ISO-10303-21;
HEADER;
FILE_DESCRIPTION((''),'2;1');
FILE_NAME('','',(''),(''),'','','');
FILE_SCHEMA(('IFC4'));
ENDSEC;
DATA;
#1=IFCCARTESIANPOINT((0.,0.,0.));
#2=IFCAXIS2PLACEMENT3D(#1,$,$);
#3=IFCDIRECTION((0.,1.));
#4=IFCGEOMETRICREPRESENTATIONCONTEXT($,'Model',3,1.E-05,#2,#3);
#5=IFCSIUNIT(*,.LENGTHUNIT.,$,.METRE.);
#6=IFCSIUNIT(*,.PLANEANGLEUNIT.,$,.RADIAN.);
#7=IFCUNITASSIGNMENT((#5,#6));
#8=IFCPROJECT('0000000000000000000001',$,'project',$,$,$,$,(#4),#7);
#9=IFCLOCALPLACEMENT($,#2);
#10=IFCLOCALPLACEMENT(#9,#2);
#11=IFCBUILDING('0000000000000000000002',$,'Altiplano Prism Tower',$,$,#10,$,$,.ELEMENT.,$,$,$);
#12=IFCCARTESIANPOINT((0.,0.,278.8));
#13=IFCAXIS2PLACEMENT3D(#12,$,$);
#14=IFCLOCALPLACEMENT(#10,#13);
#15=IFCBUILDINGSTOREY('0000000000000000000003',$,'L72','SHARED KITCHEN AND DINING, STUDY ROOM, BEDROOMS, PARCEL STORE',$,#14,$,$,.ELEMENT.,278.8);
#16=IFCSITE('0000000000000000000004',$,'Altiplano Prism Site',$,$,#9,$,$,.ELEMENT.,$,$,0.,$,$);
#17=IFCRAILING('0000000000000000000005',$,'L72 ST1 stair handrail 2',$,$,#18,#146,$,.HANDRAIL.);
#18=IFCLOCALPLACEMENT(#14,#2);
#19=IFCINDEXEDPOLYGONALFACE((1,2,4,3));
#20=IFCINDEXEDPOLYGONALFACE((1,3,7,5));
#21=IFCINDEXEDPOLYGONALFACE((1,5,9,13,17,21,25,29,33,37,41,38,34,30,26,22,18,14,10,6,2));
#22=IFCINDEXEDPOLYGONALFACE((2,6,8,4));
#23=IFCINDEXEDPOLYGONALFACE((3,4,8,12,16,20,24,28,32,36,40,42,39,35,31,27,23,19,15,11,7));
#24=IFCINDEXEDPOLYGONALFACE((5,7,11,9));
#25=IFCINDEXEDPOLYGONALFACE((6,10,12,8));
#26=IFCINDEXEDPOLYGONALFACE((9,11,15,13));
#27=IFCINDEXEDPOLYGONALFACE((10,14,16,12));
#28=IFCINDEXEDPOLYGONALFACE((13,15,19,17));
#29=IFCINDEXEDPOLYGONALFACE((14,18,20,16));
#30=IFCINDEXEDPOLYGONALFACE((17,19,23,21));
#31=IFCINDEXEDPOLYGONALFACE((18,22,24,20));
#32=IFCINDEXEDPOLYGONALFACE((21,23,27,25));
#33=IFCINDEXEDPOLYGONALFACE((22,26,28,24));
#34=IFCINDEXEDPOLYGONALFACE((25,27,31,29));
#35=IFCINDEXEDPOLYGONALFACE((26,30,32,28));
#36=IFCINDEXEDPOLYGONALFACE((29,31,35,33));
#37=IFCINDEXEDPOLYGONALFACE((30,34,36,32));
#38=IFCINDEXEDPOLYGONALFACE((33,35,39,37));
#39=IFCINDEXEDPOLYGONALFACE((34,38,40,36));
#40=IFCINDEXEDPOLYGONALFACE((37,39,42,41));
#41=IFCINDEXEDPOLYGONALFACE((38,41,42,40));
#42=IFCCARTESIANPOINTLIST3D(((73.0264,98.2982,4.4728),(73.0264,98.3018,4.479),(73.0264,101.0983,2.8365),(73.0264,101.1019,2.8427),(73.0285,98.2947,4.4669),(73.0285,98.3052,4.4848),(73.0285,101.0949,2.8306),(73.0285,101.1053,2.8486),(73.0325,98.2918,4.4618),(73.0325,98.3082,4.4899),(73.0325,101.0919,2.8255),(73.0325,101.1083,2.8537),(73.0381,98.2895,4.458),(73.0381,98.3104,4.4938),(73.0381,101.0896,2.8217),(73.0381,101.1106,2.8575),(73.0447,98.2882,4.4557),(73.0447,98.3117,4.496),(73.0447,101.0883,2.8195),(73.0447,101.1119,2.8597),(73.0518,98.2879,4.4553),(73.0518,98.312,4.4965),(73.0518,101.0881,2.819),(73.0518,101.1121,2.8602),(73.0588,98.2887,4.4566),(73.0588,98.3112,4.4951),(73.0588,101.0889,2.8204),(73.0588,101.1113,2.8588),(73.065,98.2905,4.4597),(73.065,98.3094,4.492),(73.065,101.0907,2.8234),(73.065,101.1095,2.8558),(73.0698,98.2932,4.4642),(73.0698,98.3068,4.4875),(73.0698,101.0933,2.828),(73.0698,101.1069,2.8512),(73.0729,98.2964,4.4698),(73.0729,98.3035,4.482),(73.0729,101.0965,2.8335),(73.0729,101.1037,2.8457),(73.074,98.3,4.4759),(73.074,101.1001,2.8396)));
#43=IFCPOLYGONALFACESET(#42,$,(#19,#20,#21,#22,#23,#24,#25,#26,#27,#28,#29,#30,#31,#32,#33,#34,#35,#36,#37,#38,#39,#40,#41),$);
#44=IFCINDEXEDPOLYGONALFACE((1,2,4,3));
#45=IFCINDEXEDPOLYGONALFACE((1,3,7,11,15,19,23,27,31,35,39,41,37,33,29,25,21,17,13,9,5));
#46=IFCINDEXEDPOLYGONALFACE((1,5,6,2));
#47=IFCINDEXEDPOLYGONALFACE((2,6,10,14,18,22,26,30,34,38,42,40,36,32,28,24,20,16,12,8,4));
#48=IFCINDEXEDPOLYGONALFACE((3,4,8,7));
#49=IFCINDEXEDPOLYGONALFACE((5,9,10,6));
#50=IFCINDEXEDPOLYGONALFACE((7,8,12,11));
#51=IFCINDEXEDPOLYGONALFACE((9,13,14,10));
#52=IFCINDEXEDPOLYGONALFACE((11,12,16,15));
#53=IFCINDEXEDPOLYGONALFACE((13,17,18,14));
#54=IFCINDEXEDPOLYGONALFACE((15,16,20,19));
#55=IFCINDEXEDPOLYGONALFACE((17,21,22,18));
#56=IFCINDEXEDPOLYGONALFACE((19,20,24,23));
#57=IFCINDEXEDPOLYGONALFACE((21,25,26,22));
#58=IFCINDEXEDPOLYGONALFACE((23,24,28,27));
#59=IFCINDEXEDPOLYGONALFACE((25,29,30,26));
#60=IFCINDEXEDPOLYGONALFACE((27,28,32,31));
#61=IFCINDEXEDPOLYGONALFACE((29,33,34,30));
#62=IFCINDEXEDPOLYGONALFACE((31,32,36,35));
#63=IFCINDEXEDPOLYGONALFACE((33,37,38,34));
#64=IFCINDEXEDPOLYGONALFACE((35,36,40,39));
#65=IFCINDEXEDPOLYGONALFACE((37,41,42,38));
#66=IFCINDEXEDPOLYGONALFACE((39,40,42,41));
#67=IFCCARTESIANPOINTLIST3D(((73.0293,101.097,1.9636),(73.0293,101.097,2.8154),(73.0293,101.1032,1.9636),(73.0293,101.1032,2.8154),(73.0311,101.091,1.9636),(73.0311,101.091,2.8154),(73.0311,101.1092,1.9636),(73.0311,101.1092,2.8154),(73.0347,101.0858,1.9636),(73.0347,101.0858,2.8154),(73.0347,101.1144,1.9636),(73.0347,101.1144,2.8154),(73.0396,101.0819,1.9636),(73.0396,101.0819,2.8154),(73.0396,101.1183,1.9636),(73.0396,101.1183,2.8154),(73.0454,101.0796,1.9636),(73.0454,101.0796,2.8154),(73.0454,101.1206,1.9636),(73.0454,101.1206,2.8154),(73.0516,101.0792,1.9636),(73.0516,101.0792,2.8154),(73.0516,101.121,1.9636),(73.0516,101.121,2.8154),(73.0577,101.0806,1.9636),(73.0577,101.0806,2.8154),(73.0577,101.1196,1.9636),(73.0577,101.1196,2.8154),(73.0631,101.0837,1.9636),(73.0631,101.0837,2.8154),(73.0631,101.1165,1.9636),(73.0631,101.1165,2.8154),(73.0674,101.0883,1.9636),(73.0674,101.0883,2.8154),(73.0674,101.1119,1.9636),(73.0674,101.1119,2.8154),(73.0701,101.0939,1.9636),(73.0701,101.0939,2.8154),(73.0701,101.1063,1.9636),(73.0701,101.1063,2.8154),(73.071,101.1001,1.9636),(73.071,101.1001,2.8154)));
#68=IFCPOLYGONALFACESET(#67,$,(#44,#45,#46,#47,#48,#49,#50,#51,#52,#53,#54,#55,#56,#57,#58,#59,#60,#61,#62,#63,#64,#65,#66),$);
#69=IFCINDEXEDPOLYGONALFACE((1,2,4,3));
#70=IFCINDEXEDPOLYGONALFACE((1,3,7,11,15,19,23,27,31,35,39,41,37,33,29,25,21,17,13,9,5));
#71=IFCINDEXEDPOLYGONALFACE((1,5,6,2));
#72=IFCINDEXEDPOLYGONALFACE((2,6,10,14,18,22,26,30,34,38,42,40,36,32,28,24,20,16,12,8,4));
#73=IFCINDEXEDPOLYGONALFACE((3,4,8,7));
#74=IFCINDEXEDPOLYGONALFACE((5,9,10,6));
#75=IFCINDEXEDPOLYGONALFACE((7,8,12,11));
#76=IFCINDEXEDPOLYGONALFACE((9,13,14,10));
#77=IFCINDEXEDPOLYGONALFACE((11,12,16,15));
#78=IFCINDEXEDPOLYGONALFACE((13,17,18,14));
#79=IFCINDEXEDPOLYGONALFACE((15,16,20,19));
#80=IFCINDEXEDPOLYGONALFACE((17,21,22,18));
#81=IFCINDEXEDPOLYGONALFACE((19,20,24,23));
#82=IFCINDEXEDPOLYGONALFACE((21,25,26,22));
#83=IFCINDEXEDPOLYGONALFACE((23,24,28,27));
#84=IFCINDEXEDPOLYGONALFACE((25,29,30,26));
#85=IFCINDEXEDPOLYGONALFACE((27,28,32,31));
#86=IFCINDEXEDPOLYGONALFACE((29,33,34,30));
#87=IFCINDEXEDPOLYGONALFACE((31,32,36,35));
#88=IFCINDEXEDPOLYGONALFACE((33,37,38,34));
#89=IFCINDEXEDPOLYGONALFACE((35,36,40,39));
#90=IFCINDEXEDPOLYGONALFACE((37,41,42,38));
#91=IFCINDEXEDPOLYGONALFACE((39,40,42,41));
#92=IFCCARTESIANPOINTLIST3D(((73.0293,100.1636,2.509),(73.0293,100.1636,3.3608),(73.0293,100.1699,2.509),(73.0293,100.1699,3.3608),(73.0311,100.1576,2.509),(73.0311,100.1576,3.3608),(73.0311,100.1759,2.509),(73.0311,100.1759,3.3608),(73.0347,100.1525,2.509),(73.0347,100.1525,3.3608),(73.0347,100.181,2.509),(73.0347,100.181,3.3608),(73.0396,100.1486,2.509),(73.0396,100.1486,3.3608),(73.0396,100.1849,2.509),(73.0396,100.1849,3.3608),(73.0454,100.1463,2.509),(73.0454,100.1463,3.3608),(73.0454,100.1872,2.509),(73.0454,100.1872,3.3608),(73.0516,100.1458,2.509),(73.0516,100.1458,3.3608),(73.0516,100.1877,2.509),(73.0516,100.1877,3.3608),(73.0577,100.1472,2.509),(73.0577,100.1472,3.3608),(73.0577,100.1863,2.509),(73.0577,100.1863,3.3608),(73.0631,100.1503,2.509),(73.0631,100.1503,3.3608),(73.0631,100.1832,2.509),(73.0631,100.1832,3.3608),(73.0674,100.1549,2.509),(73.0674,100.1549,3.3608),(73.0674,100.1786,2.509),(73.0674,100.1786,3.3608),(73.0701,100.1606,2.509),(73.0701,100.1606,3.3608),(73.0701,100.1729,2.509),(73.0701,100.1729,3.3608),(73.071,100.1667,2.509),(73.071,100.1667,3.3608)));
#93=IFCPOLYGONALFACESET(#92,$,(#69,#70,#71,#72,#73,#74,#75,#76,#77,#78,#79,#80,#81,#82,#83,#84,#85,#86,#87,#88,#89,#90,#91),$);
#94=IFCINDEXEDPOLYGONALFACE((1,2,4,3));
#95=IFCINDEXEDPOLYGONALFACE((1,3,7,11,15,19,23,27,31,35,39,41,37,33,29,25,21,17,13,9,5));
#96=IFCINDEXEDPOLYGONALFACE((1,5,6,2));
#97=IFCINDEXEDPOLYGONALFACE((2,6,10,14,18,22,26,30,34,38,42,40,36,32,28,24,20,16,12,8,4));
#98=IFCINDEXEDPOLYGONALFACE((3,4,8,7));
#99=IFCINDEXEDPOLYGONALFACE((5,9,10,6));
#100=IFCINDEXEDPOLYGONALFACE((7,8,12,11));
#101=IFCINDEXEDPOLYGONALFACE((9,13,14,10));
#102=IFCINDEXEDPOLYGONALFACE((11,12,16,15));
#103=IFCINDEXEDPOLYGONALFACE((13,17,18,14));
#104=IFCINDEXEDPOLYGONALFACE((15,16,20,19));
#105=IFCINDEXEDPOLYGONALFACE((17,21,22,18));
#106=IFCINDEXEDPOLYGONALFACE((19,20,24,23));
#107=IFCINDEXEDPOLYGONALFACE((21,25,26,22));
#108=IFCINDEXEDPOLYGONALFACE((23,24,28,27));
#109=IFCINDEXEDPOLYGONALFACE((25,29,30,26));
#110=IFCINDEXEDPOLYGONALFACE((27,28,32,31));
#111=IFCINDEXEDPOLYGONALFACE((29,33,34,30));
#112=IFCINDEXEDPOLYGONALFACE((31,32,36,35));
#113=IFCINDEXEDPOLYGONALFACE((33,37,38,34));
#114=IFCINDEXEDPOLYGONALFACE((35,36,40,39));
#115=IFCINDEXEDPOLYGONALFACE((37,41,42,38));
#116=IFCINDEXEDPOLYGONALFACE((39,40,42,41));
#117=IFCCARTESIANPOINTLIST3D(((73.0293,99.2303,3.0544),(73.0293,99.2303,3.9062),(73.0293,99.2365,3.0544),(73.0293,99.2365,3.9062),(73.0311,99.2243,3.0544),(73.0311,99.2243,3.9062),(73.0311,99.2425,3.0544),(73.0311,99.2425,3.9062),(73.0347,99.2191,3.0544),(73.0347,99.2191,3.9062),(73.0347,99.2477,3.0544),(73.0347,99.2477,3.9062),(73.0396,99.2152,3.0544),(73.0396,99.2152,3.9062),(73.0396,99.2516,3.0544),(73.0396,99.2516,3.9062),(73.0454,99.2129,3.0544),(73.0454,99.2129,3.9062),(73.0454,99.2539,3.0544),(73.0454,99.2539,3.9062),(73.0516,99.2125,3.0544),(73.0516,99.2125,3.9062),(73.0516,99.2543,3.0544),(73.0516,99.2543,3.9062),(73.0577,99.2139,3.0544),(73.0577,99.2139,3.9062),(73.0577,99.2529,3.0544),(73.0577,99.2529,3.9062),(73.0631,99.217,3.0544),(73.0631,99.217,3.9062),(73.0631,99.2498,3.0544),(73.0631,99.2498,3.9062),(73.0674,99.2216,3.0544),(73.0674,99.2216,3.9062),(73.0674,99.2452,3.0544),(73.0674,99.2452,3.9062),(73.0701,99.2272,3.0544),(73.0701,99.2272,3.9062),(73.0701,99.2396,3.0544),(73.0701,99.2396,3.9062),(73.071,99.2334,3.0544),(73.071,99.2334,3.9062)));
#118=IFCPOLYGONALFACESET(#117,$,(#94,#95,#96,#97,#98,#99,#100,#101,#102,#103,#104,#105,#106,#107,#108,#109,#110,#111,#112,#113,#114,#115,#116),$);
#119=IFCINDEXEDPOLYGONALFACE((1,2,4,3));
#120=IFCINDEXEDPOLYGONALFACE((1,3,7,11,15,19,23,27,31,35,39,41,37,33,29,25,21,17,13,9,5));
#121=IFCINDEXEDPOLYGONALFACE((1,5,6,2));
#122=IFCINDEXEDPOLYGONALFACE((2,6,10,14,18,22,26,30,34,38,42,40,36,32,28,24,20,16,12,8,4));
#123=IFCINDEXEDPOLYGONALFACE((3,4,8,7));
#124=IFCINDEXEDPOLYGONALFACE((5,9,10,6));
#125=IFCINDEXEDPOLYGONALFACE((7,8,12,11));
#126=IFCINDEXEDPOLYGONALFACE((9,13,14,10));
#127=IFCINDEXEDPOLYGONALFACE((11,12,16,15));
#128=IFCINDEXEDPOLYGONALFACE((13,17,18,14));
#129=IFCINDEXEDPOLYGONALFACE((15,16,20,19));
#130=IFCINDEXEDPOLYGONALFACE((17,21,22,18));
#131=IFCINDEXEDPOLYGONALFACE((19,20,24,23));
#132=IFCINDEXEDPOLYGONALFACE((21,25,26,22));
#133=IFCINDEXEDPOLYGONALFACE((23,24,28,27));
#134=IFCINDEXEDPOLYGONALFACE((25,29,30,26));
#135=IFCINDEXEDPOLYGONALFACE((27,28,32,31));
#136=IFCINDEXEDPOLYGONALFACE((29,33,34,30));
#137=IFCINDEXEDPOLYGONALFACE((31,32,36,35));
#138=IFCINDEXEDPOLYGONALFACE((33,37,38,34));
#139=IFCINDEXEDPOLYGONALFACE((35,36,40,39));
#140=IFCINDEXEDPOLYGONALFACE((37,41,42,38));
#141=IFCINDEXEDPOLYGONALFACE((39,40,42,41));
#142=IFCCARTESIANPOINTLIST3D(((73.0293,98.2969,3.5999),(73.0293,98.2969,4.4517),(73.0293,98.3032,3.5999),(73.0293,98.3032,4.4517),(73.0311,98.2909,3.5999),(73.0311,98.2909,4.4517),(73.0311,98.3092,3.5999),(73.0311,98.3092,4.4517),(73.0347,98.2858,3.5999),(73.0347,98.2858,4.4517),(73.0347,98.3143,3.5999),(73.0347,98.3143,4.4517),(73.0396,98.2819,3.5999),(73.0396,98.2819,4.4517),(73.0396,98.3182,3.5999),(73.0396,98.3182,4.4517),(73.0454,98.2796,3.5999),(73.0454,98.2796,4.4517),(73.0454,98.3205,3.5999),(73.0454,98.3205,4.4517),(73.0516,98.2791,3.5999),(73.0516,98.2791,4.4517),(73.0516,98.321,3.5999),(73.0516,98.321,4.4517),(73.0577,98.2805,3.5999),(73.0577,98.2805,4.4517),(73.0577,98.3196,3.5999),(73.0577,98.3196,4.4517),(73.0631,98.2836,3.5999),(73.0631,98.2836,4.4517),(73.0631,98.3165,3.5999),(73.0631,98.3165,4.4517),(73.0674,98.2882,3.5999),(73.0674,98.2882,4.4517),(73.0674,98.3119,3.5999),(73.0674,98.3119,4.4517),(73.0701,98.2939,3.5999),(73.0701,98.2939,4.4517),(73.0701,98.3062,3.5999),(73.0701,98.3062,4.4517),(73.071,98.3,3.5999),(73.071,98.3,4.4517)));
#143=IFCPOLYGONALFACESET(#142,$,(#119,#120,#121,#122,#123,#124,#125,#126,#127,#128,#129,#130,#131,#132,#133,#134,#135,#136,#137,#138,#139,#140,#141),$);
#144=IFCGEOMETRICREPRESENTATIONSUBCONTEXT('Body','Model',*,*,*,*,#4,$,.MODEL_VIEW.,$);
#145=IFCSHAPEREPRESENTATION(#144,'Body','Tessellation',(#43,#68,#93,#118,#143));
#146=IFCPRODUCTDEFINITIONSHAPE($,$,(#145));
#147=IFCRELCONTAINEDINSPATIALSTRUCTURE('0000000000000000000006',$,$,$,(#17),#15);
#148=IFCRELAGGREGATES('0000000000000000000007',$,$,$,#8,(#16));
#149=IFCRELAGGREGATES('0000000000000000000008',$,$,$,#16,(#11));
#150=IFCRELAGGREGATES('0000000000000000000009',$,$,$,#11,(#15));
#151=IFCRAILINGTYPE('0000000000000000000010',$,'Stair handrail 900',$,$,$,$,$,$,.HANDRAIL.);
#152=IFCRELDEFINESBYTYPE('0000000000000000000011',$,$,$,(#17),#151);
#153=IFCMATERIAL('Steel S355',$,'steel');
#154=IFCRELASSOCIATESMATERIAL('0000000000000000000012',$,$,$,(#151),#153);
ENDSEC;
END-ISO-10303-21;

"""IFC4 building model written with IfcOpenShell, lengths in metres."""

from ifc_helpers import new_model, si_unit, direction, frame, origin, origin_2d, place, context, subcontext, project, spatial, circle, extrude, material, type_object, element, save


model = new_model("IFC4")

# Units and contexts
model_context = context("Model", 3, precision=1e-05, world=origin(), true_north=direction((0.0, 1.0)))
body_context = subcontext(model_context, "Body", "Model", "MODEL_VIEW")
ifc_project = project(units=[si_unit("LENGTHUNIT", "METRE"), si_unit("PLANEANGLEUNIT", "RADIAN")], contexts=[model_context])

# Site, building, storey
site_placement = place(None, origin())
site = spatial("IfcSite", under=ifc_project, at=site_placement, Name="Altiplano Prism Site", CompositionType="ELEMENT", RefElevation=0.0)
building_placement = place(site_placement, origin())
building = spatial("IfcBuilding", under=site, at=building_placement, Name="Altiplano Prism Tower", CompositionType="ELEMENT")
storey_placement = place(building_placement, frame((0.0, 0.0, 278.8)))
storey = spatial("IfcBuildingStorey", under=building, at=storey_placement, Name="L72", Description="SHARED KITCHEN AND DINING, STUDY ROOM, BEDROOMS, PARCEL STORE", CompositionType="ELEMENT", Elevation=278.8)

# Railing
ifc_material_1 = material(Name="Steel S355", Category="steel")
railing_type_1 = type_object("IfcRailingType", Name="Stair handrail 900", PredefinedType="HANDRAIL", material=ifc_material_1)
railing_1_placement = place(storey_placement, frame((73.05, 101.1001, 1.9636)))
element("IfcRailing", 1, at=railing_1_placement, inside=storey, type_object=railing_type_1, Name="L72 ST1 stair handrail 2", PredefinedType="HANDRAIL", context=body_context, shape_type="SweptSolid", body=[
    extrude(circle(Radius=0.0239, at=origin_2d()), frame((0.0, 0.0, 0.876), z_axis=(0.0, -0.863394, 0.504531), x_axis=(1.0, 0.0, 0.0)), (0.0, 0.0, 1.0), 3.2432),
    extrude(circle(Radius=0.021, at=origin_2d()), origin(), (0.0, 0.0, 1.0), 0.8518),
    extrude(circle(Radius=0.021, at=origin_2d()), frame((0.0, -0.9333, 0.5454)), (0.0, 0.0, 1.0), 0.8518),
    extrude(circle(Radius=0.021, at=origin_2d()), frame((0.0, -1.8667, 1.0908)), (0.0, 0.0, 1.0), 0.8518),
    extrude(circle(Radius=0.021, at=origin_2d()), frame((0.0, -2.8, 1.6362)), (0.0, 0.0, 1.0), 0.8518),
])

save(model, "model.ifc")
